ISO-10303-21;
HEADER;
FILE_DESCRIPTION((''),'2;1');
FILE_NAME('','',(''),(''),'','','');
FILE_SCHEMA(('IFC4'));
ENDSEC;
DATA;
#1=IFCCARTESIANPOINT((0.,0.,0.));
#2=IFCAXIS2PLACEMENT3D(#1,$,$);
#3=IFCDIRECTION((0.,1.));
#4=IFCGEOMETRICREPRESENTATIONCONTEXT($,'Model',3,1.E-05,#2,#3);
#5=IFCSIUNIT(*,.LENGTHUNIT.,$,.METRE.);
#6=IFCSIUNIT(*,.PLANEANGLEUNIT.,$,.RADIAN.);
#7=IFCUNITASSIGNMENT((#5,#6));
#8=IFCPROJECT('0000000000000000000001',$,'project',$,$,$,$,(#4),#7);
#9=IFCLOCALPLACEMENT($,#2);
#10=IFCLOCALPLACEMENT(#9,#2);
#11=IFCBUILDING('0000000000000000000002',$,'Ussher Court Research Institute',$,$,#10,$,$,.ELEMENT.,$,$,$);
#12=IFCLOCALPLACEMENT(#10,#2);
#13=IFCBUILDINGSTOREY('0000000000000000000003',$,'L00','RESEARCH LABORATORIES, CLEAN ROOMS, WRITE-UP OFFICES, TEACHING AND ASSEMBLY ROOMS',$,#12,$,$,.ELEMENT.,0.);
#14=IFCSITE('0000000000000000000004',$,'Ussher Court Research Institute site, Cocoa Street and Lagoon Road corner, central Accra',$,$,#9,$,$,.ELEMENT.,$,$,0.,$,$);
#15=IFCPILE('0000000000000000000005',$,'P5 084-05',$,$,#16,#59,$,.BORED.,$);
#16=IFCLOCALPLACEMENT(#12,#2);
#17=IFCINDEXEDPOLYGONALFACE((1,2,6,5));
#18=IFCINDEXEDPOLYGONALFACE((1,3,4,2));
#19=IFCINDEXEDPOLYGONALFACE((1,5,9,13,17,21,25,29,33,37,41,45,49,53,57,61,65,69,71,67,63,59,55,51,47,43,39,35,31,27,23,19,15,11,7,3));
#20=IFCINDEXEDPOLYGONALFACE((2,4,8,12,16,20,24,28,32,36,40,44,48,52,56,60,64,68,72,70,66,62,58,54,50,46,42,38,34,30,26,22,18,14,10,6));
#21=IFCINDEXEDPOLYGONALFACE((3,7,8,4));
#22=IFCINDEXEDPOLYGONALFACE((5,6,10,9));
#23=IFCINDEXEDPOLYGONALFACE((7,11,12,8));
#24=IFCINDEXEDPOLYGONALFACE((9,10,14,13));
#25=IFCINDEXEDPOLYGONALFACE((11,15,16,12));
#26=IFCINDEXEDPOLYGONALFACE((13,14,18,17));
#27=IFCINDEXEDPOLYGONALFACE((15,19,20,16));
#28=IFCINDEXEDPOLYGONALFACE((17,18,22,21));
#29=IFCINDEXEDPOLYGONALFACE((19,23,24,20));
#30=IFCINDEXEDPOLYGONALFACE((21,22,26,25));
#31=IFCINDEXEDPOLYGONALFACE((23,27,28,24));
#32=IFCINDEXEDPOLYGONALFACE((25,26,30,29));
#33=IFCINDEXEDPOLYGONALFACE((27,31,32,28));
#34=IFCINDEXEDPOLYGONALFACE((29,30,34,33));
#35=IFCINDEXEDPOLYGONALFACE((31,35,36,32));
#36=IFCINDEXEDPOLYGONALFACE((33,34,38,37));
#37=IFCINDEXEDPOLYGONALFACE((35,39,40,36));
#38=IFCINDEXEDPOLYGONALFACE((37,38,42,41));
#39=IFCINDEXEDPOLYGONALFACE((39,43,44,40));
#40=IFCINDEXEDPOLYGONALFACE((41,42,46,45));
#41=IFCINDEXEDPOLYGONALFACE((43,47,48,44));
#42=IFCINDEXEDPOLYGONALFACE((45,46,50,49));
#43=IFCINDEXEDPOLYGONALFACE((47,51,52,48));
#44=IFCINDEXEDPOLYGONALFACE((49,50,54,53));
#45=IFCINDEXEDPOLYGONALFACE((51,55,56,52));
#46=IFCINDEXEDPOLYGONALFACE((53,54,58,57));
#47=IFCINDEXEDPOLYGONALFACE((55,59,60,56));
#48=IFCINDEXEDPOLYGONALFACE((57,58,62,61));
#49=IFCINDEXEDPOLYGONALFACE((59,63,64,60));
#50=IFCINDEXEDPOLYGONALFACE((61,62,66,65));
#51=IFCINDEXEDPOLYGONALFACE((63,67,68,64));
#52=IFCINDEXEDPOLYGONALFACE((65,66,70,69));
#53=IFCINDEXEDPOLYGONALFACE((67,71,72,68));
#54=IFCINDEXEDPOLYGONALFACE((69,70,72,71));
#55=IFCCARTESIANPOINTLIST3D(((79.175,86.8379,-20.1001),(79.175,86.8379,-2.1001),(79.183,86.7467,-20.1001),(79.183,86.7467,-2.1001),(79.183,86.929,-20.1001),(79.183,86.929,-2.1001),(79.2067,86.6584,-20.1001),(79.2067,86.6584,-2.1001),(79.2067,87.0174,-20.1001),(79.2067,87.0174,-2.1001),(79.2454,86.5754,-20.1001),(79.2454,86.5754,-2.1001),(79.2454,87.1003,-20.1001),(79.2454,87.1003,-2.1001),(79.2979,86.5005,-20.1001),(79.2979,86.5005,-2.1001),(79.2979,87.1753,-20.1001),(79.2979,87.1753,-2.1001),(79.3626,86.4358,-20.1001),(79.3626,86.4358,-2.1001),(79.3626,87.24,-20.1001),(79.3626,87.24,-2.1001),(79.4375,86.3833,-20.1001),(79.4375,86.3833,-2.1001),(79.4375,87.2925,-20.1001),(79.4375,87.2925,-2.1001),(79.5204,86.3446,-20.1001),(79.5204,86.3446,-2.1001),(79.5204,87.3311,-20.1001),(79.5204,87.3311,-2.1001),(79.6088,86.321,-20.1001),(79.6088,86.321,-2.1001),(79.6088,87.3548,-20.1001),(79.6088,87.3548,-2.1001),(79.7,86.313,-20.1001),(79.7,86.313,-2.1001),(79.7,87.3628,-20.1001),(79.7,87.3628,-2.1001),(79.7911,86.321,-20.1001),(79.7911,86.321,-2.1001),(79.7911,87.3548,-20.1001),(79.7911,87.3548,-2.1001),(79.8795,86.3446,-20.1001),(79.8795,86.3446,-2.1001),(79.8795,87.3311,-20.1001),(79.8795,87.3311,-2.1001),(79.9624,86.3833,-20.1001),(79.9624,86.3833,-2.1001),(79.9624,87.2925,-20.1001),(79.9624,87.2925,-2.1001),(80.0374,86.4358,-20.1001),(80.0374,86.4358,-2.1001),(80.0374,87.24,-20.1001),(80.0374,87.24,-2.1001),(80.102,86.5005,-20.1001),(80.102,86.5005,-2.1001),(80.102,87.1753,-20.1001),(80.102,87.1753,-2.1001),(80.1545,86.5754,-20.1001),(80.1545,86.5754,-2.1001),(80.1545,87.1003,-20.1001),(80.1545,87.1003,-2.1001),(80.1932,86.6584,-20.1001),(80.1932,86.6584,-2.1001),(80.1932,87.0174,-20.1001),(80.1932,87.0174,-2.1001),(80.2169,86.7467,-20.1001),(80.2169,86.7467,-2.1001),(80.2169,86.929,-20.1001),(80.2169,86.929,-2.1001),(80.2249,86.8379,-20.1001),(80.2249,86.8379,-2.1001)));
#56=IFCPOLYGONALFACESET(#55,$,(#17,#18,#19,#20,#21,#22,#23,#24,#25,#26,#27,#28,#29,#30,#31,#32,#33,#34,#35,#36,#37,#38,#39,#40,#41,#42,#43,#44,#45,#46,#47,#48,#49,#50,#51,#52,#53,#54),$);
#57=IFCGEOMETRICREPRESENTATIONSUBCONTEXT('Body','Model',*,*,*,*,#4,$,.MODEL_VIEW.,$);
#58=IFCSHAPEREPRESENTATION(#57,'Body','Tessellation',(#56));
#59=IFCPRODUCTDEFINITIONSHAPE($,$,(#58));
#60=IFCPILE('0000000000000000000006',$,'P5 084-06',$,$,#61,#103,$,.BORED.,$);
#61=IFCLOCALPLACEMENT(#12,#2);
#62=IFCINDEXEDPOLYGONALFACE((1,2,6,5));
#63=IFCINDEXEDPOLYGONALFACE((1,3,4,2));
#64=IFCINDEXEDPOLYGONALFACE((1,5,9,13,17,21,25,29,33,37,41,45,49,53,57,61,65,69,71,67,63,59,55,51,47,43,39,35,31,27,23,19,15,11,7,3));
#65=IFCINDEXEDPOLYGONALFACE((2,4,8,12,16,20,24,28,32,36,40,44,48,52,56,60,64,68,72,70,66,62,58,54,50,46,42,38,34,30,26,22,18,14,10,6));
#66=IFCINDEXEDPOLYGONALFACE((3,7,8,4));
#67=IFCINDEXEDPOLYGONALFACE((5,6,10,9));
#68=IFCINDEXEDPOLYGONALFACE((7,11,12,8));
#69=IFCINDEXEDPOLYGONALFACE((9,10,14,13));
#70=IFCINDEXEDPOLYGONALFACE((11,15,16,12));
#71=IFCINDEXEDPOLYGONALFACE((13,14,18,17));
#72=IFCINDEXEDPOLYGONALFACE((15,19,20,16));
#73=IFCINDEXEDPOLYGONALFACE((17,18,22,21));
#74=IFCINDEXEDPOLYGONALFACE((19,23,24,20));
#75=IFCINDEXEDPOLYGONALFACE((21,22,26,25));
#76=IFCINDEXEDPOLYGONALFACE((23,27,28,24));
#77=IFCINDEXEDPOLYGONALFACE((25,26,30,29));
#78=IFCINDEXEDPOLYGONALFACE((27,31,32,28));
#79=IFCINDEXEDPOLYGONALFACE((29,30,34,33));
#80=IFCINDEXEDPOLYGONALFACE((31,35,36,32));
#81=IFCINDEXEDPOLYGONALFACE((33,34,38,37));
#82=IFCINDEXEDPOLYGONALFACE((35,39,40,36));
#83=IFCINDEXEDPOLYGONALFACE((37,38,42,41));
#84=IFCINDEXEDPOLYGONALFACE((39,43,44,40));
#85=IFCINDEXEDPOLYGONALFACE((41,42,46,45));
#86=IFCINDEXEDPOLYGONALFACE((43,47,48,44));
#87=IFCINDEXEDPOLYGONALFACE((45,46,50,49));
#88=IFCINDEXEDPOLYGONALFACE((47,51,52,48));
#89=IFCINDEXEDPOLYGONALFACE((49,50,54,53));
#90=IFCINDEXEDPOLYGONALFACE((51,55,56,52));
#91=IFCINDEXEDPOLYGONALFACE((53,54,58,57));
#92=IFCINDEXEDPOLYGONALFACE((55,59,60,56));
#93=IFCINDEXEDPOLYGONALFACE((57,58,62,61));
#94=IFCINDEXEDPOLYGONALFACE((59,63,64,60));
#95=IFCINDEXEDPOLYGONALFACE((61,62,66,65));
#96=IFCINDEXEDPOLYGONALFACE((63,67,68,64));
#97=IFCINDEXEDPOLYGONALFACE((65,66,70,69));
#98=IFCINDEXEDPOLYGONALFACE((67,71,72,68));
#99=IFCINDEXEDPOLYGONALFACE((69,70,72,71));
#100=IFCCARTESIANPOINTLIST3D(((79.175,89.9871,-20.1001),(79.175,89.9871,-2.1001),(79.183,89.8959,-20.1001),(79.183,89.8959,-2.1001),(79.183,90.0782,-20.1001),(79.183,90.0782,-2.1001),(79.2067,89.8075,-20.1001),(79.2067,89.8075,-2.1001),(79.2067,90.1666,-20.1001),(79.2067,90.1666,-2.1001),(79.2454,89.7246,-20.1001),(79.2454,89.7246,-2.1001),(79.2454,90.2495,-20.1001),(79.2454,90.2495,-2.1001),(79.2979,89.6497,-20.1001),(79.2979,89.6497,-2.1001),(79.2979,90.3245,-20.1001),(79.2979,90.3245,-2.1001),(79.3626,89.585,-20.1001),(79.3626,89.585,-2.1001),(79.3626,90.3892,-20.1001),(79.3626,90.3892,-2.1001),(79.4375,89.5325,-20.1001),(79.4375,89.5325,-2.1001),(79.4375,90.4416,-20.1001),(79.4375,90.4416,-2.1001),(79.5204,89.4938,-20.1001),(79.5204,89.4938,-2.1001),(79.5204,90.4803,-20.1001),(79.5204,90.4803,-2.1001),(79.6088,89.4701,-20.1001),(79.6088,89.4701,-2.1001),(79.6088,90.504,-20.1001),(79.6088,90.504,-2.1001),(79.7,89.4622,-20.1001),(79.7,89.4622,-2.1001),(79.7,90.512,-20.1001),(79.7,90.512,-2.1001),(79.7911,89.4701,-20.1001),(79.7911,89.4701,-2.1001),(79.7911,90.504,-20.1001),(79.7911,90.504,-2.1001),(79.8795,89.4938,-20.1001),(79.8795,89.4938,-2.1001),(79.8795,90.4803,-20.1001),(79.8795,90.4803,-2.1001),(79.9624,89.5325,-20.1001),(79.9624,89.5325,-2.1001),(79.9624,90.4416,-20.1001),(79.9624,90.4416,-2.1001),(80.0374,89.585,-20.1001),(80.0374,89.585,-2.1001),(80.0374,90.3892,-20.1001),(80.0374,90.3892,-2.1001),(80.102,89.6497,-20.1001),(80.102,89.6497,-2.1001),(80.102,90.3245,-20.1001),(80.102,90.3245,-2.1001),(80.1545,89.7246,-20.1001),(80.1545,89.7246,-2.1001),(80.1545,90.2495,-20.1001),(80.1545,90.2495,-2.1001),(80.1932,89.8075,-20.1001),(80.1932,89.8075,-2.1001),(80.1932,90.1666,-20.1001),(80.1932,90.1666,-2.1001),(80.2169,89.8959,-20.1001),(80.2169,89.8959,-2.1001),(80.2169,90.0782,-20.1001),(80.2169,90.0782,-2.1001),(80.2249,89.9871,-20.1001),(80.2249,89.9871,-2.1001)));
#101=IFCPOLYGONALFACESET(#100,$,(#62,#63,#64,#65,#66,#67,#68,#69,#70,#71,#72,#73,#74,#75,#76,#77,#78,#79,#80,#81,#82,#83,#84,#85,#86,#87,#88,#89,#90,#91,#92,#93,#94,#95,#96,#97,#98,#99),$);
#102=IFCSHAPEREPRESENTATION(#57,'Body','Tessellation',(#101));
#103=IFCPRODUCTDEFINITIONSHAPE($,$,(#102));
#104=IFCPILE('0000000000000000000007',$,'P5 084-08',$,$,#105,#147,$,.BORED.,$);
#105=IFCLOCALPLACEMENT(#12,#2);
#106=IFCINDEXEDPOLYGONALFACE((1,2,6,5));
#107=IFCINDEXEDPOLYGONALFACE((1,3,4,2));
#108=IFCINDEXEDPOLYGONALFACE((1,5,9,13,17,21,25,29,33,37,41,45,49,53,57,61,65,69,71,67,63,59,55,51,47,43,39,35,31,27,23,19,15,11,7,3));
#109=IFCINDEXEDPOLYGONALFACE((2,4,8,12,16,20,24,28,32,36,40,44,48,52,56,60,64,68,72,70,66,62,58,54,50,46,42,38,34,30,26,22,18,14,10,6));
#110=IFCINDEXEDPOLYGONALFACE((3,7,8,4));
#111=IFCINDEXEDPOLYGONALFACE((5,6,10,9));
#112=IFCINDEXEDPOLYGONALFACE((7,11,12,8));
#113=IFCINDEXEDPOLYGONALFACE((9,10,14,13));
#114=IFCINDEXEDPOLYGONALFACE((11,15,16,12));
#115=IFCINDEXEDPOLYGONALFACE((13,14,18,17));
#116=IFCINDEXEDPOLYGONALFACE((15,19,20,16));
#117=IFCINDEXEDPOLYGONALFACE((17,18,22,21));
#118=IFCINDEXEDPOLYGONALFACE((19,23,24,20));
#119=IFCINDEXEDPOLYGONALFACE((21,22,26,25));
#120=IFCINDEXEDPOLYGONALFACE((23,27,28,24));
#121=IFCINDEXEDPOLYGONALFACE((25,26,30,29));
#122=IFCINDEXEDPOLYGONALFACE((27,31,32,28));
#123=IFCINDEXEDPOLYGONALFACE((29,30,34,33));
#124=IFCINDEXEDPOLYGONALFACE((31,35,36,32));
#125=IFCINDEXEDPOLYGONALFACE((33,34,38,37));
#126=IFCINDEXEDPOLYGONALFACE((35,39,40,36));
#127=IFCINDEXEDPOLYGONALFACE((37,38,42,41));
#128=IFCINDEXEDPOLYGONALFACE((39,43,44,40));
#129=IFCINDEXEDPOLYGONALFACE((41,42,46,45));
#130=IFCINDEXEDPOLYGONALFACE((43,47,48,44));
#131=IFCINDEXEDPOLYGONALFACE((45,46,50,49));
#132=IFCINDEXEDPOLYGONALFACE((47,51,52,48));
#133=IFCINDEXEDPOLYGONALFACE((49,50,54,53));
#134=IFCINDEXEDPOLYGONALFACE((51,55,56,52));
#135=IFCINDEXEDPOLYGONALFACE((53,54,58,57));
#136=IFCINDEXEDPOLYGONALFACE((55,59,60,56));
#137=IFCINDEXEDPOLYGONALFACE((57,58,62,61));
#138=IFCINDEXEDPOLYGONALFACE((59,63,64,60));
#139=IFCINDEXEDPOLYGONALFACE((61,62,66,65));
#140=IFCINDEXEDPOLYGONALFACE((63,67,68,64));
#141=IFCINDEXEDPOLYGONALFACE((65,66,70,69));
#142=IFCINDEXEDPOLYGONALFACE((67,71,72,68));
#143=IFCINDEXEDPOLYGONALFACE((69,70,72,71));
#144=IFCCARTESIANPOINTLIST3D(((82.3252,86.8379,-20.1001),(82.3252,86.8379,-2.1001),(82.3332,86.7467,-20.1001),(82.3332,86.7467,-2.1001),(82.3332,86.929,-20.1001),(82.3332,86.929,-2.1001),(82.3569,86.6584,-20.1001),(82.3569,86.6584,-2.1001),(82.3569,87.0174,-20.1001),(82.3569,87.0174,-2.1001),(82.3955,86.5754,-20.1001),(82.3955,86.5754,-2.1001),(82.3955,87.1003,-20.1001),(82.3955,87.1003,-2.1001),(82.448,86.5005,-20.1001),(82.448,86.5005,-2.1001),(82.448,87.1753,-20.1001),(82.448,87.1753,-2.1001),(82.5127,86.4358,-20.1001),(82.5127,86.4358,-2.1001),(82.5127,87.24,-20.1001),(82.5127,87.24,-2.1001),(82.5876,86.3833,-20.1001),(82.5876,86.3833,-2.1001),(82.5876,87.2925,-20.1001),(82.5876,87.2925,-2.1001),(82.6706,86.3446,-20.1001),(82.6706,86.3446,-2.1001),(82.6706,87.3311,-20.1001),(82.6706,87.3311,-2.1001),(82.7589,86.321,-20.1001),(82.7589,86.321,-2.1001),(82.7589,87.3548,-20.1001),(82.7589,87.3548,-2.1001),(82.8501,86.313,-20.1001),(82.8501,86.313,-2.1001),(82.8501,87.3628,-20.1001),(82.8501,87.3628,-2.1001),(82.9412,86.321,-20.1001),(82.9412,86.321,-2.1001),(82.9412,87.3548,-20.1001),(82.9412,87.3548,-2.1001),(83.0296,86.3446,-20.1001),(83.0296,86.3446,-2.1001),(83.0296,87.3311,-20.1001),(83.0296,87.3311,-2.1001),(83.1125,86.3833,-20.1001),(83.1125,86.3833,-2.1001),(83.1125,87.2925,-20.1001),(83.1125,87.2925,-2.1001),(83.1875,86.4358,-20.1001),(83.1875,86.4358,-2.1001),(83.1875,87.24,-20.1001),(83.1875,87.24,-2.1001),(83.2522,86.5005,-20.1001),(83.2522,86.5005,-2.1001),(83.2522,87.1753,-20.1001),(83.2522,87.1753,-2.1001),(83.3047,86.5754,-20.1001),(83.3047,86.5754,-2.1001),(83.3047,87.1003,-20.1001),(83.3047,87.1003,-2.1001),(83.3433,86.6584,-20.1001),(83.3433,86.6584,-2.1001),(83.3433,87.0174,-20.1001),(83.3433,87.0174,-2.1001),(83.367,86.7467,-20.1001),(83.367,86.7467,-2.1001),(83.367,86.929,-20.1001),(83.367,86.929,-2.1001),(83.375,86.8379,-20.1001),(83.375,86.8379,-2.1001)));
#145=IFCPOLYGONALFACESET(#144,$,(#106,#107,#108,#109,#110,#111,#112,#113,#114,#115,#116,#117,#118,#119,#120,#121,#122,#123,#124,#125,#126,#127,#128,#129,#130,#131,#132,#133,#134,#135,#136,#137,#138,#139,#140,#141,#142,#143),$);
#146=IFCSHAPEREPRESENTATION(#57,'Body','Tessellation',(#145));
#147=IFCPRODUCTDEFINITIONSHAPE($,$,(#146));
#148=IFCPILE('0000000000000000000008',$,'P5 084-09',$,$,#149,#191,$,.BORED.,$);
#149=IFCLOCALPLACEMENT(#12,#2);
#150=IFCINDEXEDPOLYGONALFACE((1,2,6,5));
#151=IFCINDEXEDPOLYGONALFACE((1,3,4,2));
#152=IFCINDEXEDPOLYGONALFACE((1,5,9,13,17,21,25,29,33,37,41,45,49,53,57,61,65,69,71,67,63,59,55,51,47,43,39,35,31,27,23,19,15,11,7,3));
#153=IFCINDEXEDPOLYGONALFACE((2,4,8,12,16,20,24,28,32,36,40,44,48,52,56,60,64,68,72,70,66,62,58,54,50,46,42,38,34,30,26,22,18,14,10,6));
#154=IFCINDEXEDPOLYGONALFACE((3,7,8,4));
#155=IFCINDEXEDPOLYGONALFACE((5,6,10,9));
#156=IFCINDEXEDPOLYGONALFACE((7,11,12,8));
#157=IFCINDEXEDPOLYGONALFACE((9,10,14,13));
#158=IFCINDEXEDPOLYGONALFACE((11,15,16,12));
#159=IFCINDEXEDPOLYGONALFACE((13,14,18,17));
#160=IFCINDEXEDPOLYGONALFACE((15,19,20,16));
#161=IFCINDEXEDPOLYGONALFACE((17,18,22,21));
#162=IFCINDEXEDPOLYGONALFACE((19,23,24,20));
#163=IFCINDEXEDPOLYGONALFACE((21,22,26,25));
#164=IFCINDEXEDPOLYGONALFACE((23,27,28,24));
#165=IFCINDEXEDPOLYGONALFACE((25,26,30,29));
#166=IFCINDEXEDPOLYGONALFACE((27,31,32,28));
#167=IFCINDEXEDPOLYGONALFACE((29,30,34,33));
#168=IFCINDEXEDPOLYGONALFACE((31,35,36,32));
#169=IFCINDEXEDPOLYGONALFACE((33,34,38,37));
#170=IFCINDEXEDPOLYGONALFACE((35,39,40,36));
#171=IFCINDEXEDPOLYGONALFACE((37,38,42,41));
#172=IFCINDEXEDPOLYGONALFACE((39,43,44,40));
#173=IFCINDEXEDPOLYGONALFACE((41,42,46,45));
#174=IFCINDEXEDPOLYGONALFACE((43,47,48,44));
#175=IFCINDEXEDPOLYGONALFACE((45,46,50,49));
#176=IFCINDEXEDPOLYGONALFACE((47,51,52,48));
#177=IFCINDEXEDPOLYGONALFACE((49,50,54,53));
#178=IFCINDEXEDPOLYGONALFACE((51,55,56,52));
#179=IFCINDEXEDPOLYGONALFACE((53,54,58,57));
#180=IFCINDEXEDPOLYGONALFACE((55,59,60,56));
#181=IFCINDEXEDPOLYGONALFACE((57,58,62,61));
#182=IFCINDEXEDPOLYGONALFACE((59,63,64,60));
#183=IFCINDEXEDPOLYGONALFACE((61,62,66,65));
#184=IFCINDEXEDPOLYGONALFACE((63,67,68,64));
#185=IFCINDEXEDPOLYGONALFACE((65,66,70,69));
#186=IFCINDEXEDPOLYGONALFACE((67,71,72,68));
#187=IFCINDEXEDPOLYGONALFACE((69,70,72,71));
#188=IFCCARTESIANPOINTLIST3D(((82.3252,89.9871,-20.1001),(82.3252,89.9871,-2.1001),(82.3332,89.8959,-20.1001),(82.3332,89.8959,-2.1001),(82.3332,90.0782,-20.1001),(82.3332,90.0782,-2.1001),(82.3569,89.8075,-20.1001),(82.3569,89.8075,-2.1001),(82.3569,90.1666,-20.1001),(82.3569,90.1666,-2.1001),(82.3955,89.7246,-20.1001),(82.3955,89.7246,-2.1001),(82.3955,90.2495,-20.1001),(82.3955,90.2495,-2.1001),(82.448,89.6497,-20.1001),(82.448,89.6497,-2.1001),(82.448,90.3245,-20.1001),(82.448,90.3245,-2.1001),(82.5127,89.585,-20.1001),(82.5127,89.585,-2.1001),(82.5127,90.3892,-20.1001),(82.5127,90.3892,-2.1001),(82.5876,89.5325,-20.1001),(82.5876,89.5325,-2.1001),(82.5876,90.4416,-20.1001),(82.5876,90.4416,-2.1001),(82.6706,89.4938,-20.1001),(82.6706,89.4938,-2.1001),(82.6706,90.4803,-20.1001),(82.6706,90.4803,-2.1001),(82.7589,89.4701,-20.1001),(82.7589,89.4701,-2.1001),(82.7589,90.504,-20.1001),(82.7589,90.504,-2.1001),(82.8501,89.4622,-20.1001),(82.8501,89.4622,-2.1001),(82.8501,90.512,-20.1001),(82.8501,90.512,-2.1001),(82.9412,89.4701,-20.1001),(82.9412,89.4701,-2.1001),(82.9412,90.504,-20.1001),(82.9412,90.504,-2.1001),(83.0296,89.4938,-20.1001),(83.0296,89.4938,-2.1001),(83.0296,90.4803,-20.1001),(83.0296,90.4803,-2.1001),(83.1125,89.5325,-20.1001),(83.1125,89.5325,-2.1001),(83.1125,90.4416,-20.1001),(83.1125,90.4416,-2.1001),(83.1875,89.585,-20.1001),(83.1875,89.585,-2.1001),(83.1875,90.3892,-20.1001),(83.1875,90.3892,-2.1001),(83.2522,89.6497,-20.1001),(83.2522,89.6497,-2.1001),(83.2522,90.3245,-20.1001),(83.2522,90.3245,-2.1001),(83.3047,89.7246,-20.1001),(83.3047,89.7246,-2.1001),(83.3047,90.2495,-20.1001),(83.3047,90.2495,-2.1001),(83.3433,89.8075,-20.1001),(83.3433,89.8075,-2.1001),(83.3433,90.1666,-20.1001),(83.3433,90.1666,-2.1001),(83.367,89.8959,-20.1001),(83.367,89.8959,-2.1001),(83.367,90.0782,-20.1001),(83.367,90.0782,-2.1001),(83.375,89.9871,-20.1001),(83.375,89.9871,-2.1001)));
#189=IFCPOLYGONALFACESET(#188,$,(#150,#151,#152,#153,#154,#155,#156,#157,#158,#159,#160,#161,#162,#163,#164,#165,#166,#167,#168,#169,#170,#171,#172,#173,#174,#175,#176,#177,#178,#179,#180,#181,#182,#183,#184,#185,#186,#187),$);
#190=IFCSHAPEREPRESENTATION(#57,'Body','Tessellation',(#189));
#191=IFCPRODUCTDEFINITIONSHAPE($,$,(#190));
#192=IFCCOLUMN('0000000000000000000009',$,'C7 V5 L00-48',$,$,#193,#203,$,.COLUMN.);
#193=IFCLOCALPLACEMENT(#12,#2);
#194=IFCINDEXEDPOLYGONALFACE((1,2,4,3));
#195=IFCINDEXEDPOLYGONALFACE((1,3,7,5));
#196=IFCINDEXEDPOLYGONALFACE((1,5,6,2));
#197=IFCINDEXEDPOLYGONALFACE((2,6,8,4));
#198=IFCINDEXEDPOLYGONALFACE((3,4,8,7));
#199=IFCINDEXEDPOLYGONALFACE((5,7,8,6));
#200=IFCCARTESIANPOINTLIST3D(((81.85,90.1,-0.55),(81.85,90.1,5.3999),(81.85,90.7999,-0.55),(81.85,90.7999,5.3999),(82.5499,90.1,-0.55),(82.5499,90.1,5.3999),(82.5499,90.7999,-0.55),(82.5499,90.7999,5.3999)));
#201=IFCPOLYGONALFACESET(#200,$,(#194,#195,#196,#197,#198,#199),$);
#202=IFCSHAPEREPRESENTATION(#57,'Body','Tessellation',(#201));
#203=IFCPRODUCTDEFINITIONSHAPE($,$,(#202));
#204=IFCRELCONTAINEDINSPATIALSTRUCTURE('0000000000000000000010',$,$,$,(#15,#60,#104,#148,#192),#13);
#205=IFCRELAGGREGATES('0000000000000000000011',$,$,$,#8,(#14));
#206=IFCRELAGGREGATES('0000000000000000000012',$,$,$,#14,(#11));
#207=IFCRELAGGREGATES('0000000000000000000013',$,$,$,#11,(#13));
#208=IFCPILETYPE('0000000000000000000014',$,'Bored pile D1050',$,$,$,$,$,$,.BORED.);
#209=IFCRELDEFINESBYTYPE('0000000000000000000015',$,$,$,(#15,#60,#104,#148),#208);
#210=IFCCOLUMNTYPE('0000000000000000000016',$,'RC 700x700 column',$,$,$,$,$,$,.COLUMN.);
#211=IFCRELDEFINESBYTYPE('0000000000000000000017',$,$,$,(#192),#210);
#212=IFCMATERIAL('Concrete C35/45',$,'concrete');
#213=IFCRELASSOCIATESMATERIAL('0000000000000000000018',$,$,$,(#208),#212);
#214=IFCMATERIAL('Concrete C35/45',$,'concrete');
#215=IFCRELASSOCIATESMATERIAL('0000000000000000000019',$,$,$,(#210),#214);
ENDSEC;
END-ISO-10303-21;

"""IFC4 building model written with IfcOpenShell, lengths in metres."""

from ifc_helpers import new_model, si_unit, direction, frame, origin, origin_2d, place, context, subcontext, project, spatial, rectangle, circle, extrude, material, material_profile, profile_set, type_object, element, save


model = new_model("IFC4")

# Units and contexts
model_context = context("Model", 3, precision=1e-05, world=origin(), true_north=direction((0.0, 1.0)))
body_context = subcontext(model_context, "Body", "Model", "MODEL_VIEW")
ifc_project = project(units=[si_unit("LENGTHUNIT", "METRE"), si_unit("PLANEANGLEUNIT", "RADIAN")], contexts=[model_context])

# Site, building, storey
site_placement = place(None, origin())
site = spatial("IfcSite", under=ifc_project, at=site_placement, Name="Ussher Court Research Institute site, Cocoa Street and Lagoon Road corner, central Accra", CompositionType="ELEMENT", RefElevation=0.0)
building_placement = place(site_placement, origin())
building = spatial("IfcBuilding", under=site, at=building_placement, Name="Ussher Court Research Institute", CompositionType="ELEMENT")
storey_placement = place(building_placement, origin())
storey = spatial("IfcBuildingStorey", under=building, at=storey_placement, Name="L00", Description="RESEARCH LABORATORIES, CLEAN ROOMS, WRITE-UP OFFICES, TEACHING AND ASSEMBLY ROOMS", CompositionType="ELEMENT", Elevation=0.0)

# Piles
ifc_material_1 = material(Name="Concrete C35/45", Category="concrete")
ifc_material_profile_1 = material_profile(ifc_material_1, circle(Radius=0.5249, at=origin_2d()), Name="RC D1050")
ifc_profile_set_1 = profile_set([ifc_material_profile_1], Name="Concrete C35/45")
pile_type = type_object("IfcPileType", Name="Bored pile D1050", PredefinedType="BORED", material=ifc_profile_set_1)
for number, where, z_axis, x_axis, name in (
    (1, (79.7, 86.8379, -2.1001), (0.0, 0.0, -1.0), (1.0, 0.0, 0.0), "P5 084-05"),
    (2, (79.7, 89.9871, -2.1001), (0.0, 0.0, -1.0), (1.0, 0.0, 0.0), "P5 084-06"),
    (3, (82.8501, 86.8379, -2.1001), (0.0, 0.0, -1.0), (1.0, 0.0, 0.0), "P5 084-08"),
    (4, (82.8501, 89.9871, -2.1001), (0.0, 0.0, -1.0), (1.0, 0.0, 0.0), "P5 084-09"),
):
    element("IfcPile", number, at=place(storey_placement, frame(where, z_axis=z_axis, x_axis=x_axis)), inside=storey, type_object=pile_type, Name=name, PredefinedType="BORED", context=body_context, shape_type="SweptSolid", body=[
        extrude(circle(Radius=0.5249, at=origin_2d()), origin(), (0.0, 0.0, 1.0), 18.0),
    ])

# Column
ifc_material_2 = material(Name="Concrete C35/45", Category="concrete")
ifc_material_profile_2 = material_profile(ifc_material_2, rectangle(XDim=0.7, YDim=0.7, at=origin_2d()), Name="RC 700x700")
ifc_profile_set_2 = profile_set([ifc_material_profile_2], Name="Concrete C35/45")
column_type = type_object("IfcColumnType", Name="RC 700x700 column", PredefinedType="COLUMN", material=ifc_profile_set_2)
column_placement = place(storey_placement, frame((82.2, 90.45, -0.55), z_axis=(0.0, 0.0, 1.0), x_axis=(1.0, 0.0, 0.0)))
element("IfcColumn", 5, at=column_placement, inside=storey, type_object=column_type, Name="C7 V5 L00-48", PredefinedType="COLUMN", context=body_context, shape_type="SweptSolid", body=[
    extrude(rectangle(XDim=0.7, YDim=0.7, at=origin_2d()), origin(), (0.0, 0.0, 1.0), 5.95),
])

save(model, "model.ifc")
